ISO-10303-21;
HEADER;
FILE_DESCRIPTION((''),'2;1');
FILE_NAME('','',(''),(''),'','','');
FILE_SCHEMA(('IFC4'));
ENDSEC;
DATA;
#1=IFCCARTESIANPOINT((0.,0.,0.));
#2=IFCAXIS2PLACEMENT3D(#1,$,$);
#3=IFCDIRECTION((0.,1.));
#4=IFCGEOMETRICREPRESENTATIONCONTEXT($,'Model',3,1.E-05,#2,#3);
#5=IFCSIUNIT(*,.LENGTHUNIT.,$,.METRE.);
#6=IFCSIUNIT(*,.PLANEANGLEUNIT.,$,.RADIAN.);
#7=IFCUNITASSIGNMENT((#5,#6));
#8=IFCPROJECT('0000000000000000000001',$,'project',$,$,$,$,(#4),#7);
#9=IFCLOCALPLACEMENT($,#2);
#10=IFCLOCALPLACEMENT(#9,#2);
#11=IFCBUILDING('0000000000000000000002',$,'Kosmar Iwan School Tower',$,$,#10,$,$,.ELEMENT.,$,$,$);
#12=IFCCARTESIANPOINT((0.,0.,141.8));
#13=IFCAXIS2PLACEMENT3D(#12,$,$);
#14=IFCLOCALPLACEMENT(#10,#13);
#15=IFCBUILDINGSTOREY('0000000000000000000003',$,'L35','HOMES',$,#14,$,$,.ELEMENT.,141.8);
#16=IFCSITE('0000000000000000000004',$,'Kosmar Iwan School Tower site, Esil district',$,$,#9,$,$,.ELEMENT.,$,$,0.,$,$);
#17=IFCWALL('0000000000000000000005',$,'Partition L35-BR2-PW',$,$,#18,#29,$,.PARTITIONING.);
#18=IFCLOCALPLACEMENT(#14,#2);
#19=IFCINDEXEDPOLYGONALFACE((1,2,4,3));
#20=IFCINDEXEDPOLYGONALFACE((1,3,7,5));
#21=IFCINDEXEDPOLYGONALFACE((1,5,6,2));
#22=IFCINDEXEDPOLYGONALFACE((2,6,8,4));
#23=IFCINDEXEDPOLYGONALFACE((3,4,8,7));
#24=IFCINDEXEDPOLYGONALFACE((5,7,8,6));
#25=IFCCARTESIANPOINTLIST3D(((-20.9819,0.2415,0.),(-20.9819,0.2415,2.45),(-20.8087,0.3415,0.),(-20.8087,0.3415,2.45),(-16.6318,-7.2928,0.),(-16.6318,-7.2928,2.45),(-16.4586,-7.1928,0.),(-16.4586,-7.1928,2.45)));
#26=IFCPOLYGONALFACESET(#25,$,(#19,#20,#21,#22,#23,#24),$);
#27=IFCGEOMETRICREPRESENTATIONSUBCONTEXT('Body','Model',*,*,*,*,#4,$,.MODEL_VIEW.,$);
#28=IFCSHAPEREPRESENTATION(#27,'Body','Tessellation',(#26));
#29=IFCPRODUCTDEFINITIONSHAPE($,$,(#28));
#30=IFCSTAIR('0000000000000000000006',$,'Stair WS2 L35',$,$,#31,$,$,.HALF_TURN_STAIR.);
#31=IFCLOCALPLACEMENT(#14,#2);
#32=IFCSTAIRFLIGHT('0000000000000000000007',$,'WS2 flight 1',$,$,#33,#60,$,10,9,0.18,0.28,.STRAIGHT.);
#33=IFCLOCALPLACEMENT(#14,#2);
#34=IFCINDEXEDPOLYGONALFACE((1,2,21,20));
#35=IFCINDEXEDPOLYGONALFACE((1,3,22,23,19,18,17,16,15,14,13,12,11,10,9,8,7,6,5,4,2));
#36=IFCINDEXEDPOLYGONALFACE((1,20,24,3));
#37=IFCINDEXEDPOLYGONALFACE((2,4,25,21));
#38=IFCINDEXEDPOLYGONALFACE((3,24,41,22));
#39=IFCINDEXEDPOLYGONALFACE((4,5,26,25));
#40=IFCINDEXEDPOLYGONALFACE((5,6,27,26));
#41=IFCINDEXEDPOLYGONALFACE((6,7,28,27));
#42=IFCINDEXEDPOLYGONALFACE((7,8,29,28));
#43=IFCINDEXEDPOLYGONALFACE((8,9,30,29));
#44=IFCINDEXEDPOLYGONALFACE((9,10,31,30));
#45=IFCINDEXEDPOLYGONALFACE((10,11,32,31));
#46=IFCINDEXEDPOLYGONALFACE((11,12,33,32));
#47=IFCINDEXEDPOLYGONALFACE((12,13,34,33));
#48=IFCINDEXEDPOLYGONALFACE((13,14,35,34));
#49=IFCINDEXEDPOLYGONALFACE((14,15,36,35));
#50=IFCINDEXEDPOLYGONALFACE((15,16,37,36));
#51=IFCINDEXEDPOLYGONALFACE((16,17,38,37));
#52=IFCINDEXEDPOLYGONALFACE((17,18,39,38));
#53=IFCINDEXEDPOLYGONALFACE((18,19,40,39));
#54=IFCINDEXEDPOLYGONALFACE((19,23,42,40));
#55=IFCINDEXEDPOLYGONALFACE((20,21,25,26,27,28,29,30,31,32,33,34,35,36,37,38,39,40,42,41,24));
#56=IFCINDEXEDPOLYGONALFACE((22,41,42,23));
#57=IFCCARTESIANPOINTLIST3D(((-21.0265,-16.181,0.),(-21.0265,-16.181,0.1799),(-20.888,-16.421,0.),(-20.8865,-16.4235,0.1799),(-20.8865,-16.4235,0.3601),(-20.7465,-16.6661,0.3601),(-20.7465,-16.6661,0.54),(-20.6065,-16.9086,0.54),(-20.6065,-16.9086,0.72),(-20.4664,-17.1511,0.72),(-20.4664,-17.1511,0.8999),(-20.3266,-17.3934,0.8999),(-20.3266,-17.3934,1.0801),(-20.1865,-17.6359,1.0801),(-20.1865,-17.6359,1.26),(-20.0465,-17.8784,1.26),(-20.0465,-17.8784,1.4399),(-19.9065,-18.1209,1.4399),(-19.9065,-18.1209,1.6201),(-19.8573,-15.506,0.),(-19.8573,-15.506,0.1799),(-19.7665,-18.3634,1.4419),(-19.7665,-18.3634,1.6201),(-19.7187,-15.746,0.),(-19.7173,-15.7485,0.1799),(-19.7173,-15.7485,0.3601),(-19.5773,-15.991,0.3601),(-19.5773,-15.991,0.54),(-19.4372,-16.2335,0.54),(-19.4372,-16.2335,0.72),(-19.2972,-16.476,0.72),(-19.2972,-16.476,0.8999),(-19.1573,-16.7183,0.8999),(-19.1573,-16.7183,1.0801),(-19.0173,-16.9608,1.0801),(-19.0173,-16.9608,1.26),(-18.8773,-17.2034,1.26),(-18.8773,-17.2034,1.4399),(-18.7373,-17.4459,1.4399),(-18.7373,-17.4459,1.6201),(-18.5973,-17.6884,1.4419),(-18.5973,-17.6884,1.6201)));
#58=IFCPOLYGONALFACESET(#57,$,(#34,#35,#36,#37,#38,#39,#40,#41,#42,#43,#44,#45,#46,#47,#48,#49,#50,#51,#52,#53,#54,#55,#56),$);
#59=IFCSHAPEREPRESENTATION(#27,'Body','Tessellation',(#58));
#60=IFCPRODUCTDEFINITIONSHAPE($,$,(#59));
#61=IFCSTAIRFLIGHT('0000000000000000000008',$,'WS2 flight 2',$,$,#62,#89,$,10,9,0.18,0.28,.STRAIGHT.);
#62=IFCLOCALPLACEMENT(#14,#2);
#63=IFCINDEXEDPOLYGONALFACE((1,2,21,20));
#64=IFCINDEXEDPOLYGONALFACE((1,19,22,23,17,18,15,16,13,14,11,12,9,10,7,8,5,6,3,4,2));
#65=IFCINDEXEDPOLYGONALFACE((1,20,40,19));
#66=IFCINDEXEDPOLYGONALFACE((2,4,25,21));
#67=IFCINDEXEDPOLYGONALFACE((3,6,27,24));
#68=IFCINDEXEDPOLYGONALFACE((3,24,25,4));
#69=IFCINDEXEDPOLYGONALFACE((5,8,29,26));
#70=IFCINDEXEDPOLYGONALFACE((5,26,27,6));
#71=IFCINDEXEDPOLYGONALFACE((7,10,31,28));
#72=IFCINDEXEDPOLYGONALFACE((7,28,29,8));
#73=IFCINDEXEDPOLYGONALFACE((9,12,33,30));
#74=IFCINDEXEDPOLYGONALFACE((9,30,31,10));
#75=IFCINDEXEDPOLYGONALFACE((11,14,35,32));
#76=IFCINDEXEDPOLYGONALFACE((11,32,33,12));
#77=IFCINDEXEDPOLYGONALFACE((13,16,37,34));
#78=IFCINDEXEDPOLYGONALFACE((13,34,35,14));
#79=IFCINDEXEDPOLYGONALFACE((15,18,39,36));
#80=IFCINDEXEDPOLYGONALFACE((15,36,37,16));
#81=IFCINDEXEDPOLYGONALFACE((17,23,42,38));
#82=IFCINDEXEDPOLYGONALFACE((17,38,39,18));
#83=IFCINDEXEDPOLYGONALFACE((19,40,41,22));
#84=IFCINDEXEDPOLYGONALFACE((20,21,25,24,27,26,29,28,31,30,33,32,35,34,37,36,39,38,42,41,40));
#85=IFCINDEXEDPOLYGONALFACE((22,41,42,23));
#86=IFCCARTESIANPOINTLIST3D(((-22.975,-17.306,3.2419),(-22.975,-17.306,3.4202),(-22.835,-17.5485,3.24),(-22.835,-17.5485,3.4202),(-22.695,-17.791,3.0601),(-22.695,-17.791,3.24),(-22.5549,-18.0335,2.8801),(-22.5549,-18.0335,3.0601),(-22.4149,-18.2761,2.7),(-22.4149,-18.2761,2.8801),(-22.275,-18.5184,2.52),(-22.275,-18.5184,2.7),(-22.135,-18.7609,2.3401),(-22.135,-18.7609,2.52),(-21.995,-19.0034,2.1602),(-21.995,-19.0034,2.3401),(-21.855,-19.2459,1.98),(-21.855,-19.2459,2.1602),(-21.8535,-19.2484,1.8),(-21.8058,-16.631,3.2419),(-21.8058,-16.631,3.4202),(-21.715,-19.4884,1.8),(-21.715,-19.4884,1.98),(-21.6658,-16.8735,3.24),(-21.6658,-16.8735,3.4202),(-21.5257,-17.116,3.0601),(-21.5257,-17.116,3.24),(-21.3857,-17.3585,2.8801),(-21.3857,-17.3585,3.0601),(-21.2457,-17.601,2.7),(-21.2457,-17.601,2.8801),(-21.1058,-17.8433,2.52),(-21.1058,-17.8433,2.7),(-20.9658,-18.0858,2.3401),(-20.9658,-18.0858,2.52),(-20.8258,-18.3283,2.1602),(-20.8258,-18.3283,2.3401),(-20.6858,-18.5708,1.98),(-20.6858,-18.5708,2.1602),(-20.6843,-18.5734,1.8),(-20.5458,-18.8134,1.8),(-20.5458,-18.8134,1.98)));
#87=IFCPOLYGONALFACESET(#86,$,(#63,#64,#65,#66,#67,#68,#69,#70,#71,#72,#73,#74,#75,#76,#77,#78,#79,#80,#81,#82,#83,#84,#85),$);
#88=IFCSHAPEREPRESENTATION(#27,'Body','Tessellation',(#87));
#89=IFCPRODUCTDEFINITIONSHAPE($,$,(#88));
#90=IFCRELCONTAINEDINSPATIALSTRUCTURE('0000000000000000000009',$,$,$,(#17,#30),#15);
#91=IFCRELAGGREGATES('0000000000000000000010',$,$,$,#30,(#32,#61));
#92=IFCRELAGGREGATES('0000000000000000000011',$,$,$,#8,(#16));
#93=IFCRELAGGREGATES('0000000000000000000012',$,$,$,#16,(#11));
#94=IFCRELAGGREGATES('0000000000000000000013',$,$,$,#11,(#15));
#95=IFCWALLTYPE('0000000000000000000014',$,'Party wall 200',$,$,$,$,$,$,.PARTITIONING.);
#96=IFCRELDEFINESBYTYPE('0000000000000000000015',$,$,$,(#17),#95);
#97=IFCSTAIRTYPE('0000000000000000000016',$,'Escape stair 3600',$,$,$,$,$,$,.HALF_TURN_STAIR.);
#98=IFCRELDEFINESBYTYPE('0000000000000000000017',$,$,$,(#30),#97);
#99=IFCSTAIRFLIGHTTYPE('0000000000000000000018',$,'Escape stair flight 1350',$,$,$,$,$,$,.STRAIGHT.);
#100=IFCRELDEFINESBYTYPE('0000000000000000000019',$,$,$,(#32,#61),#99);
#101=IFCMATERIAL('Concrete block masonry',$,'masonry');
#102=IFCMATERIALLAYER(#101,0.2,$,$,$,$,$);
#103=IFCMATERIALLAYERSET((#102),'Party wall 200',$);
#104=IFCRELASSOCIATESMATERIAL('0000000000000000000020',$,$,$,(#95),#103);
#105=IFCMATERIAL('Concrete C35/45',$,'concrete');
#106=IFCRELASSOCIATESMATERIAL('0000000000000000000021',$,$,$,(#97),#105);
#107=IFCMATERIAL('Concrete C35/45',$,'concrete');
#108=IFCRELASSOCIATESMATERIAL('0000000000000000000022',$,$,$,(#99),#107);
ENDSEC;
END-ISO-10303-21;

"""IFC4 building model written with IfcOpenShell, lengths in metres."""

from ifc_helpers import new_model, si_unit, direction, frame, frame_2d, origin, place, context, subcontext, project, spatial, polyline, rectangle, outline, extrude, material, layer, layer_set, type_object, element, aggregate, save


model = new_model("IFC4")

# Units and contexts
model_context = context("Model", 3, precision=1e-05, world=origin(), true_north=direction((0.0, 1.0)))
body_context = subcontext(model_context, "Body", "Model", "MODEL_VIEW")
ifc_project = project(units=[si_unit("LENGTHUNIT", "METRE"), si_unit("PLANEANGLEUNIT", "RADIAN")], contexts=[model_context])

# Site, building, storey
site_placement = place(None, origin())
site = spatial("IfcSite", under=ifc_project, at=site_placement, Name="Kosmar Iwan School Tower site, Esil district", CompositionType="ELEMENT", RefElevation=0.0)
building_placement = place(site_placement, origin())
building = spatial("IfcBuilding", under=site, at=building_placement, Name="Kosmar Iwan School Tower", CompositionType="ELEMENT")
storey_placement = place(building_placement, frame((0.0, 0.0, 141.8)))
storey = spatial("IfcBuildingStorey", under=building, at=storey_placement, Name="L35", Description="HOMES", CompositionType="ELEMENT", Elevation=141.8)

# Wall
ifc_material_1 = material(Name="Concrete block masonry", Category="masonry")
ifc_layer_1 = layer(ifc_material_1, 0.2)
ifc_layer_set_1 = layer_set([ifc_layer_1], Name="Party wall 200")
wall_type_1 = type_object("IfcWallType", Name="Party wall 200", PredefinedType="PARTITIONING", material=ifc_layer_set_1)
wall_1_placement = place(storey_placement, frame((-16.5452, -7.2429, 0.0), z_axis=(0.0, 0.0, 1.0), x_axis=(-0.500008, 0.866021, 0.0)))
element("IfcWall", 1, at=wall_1_placement, inside=storey, type_object=wall_type_1, Name="Partition L35-BR2-PW", PredefinedType="PARTITIONING", context=body_context, shape_type="SweptSolid", body=[
    extrude(rectangle(XDim=8.7, YDim=0.2, at=frame_2d((4.3501, 0.0))), origin(), (0.0, 0.0, 1.0), 2.45),
])

# Stair, stair flights
ifc_material_2 = material(Name="Concrete C35/45", Category="concrete")
stair_type = type_object("IfcStairType", Name="Escape stair 3600", PredefinedType="HALF_TURN_STAIR", material=ifc_material_2)
stair_placement = place(storey_placement, origin())
stair = element("IfcStair", 2, at=stair_placement, inside=storey, type_object=stair_type, Name="Stair WS2 L35", PredefinedType="HALF_TURN_STAIR")
ifc_material_3 = material(Name="Concrete C35/45", Category="concrete")
stair_flight_type = type_object("IfcStairFlightType", Name="Escape stair flight 1350", PredefinedType="STRAIGHT", material=ifc_material_3)
stair_flight_1_placement = place(storey_placement, frame((-20.4419, -15.8435, 0.0), z_axis=(0.0, 0.0, 1.0), x_axis=(0.5, -0.866025, 0.0)))
stair_flight_1 = element("IfcStairFlight", 3, at=stair_flight_1_placement, type_object=stair_flight_type, Name="WS2 flight 1", NumberOfRisers=10, NumberOfTreads=9, PredefinedType="STRAIGHT", RiserHeight=0.18, TreadLength=0.28, context=body_context, shape_type="SweptSolid", body=[
    extrude(outline(polyline([(0.0, 0.0), (0.0, 0.1799), (0.28, 0.1799), (0.28, 0.3601), (0.5601, 0.3601), (0.5601, 0.54), (0.8401, 0.54), (0.8401, 0.72), (1.1201, 0.72), (1.1201, 0.8999), (1.3999, 0.8999), (1.3999, 1.0801), (1.6799, 1.0801), (1.6799, 1.26), (1.96, 1.26), (1.96, 1.4399), (2.24, 1.4399), (2.24, 1.6201), (2.52, 1.6201), (2.52, 1.8), (2.52, 1.4419), (0.2771, 0.0), (0.0, 0.0)])), frame((0.0, 0.675, 0.0), z_axis=(0.0, -1.0, 0.0), x_axis=(1.0, 0.0, 0.0)), (0.0, 0.0, 1.0), 1.3501),
])
stair_flight_2_placement = place(storey_placement, frame((-21.1304, -19.1509, 1.8), z_axis=(0.0, 0.0, 1.0), x_axis=(-0.5, 0.866025, 0.0)))
stair_flight_2 = element("IfcStairFlight", 4, at=stair_flight_2_placement, type_object=stair_flight_type, Name="WS2 flight 2", NumberOfRisers=10, NumberOfTreads=9, PredefinedType="STRAIGHT", RiserHeight=0.18, TreadLength=0.28, context=body_context, shape_type="SweptSolid", body=[
    extrude(outline(polyline([(0.0, 0.0), (0.0, 0.1799), (0.28, 0.1799), (0.28, 0.3601), (0.5601, 0.3601), (0.5601, 0.54), (0.8401, 0.54), (0.8401, 0.72), (1.1201, 0.72), (1.1201, 0.8999), (1.3999, 0.8999), (1.3999, 1.0801), (1.6799, 1.0801), (1.6799, 1.26), (1.96, 1.26), (1.96, 1.4399), (2.24, 1.4399), (2.24, 1.6201), (2.52, 1.6201), (2.52, 1.8), (2.52, 1.4419), (0.2771, 0.0), (0.0, 0.0)])), frame((0.0, 0.675, 0.0), z_axis=(0.0, -1.0, 0.0), x_axis=(1.0, 0.0, 0.0)), (0.0, 0.0, 1.0), 1.3501),
])
aggregate(stair, [stair_flight_1, stair_flight_2])

save(model, "model.ifc")
